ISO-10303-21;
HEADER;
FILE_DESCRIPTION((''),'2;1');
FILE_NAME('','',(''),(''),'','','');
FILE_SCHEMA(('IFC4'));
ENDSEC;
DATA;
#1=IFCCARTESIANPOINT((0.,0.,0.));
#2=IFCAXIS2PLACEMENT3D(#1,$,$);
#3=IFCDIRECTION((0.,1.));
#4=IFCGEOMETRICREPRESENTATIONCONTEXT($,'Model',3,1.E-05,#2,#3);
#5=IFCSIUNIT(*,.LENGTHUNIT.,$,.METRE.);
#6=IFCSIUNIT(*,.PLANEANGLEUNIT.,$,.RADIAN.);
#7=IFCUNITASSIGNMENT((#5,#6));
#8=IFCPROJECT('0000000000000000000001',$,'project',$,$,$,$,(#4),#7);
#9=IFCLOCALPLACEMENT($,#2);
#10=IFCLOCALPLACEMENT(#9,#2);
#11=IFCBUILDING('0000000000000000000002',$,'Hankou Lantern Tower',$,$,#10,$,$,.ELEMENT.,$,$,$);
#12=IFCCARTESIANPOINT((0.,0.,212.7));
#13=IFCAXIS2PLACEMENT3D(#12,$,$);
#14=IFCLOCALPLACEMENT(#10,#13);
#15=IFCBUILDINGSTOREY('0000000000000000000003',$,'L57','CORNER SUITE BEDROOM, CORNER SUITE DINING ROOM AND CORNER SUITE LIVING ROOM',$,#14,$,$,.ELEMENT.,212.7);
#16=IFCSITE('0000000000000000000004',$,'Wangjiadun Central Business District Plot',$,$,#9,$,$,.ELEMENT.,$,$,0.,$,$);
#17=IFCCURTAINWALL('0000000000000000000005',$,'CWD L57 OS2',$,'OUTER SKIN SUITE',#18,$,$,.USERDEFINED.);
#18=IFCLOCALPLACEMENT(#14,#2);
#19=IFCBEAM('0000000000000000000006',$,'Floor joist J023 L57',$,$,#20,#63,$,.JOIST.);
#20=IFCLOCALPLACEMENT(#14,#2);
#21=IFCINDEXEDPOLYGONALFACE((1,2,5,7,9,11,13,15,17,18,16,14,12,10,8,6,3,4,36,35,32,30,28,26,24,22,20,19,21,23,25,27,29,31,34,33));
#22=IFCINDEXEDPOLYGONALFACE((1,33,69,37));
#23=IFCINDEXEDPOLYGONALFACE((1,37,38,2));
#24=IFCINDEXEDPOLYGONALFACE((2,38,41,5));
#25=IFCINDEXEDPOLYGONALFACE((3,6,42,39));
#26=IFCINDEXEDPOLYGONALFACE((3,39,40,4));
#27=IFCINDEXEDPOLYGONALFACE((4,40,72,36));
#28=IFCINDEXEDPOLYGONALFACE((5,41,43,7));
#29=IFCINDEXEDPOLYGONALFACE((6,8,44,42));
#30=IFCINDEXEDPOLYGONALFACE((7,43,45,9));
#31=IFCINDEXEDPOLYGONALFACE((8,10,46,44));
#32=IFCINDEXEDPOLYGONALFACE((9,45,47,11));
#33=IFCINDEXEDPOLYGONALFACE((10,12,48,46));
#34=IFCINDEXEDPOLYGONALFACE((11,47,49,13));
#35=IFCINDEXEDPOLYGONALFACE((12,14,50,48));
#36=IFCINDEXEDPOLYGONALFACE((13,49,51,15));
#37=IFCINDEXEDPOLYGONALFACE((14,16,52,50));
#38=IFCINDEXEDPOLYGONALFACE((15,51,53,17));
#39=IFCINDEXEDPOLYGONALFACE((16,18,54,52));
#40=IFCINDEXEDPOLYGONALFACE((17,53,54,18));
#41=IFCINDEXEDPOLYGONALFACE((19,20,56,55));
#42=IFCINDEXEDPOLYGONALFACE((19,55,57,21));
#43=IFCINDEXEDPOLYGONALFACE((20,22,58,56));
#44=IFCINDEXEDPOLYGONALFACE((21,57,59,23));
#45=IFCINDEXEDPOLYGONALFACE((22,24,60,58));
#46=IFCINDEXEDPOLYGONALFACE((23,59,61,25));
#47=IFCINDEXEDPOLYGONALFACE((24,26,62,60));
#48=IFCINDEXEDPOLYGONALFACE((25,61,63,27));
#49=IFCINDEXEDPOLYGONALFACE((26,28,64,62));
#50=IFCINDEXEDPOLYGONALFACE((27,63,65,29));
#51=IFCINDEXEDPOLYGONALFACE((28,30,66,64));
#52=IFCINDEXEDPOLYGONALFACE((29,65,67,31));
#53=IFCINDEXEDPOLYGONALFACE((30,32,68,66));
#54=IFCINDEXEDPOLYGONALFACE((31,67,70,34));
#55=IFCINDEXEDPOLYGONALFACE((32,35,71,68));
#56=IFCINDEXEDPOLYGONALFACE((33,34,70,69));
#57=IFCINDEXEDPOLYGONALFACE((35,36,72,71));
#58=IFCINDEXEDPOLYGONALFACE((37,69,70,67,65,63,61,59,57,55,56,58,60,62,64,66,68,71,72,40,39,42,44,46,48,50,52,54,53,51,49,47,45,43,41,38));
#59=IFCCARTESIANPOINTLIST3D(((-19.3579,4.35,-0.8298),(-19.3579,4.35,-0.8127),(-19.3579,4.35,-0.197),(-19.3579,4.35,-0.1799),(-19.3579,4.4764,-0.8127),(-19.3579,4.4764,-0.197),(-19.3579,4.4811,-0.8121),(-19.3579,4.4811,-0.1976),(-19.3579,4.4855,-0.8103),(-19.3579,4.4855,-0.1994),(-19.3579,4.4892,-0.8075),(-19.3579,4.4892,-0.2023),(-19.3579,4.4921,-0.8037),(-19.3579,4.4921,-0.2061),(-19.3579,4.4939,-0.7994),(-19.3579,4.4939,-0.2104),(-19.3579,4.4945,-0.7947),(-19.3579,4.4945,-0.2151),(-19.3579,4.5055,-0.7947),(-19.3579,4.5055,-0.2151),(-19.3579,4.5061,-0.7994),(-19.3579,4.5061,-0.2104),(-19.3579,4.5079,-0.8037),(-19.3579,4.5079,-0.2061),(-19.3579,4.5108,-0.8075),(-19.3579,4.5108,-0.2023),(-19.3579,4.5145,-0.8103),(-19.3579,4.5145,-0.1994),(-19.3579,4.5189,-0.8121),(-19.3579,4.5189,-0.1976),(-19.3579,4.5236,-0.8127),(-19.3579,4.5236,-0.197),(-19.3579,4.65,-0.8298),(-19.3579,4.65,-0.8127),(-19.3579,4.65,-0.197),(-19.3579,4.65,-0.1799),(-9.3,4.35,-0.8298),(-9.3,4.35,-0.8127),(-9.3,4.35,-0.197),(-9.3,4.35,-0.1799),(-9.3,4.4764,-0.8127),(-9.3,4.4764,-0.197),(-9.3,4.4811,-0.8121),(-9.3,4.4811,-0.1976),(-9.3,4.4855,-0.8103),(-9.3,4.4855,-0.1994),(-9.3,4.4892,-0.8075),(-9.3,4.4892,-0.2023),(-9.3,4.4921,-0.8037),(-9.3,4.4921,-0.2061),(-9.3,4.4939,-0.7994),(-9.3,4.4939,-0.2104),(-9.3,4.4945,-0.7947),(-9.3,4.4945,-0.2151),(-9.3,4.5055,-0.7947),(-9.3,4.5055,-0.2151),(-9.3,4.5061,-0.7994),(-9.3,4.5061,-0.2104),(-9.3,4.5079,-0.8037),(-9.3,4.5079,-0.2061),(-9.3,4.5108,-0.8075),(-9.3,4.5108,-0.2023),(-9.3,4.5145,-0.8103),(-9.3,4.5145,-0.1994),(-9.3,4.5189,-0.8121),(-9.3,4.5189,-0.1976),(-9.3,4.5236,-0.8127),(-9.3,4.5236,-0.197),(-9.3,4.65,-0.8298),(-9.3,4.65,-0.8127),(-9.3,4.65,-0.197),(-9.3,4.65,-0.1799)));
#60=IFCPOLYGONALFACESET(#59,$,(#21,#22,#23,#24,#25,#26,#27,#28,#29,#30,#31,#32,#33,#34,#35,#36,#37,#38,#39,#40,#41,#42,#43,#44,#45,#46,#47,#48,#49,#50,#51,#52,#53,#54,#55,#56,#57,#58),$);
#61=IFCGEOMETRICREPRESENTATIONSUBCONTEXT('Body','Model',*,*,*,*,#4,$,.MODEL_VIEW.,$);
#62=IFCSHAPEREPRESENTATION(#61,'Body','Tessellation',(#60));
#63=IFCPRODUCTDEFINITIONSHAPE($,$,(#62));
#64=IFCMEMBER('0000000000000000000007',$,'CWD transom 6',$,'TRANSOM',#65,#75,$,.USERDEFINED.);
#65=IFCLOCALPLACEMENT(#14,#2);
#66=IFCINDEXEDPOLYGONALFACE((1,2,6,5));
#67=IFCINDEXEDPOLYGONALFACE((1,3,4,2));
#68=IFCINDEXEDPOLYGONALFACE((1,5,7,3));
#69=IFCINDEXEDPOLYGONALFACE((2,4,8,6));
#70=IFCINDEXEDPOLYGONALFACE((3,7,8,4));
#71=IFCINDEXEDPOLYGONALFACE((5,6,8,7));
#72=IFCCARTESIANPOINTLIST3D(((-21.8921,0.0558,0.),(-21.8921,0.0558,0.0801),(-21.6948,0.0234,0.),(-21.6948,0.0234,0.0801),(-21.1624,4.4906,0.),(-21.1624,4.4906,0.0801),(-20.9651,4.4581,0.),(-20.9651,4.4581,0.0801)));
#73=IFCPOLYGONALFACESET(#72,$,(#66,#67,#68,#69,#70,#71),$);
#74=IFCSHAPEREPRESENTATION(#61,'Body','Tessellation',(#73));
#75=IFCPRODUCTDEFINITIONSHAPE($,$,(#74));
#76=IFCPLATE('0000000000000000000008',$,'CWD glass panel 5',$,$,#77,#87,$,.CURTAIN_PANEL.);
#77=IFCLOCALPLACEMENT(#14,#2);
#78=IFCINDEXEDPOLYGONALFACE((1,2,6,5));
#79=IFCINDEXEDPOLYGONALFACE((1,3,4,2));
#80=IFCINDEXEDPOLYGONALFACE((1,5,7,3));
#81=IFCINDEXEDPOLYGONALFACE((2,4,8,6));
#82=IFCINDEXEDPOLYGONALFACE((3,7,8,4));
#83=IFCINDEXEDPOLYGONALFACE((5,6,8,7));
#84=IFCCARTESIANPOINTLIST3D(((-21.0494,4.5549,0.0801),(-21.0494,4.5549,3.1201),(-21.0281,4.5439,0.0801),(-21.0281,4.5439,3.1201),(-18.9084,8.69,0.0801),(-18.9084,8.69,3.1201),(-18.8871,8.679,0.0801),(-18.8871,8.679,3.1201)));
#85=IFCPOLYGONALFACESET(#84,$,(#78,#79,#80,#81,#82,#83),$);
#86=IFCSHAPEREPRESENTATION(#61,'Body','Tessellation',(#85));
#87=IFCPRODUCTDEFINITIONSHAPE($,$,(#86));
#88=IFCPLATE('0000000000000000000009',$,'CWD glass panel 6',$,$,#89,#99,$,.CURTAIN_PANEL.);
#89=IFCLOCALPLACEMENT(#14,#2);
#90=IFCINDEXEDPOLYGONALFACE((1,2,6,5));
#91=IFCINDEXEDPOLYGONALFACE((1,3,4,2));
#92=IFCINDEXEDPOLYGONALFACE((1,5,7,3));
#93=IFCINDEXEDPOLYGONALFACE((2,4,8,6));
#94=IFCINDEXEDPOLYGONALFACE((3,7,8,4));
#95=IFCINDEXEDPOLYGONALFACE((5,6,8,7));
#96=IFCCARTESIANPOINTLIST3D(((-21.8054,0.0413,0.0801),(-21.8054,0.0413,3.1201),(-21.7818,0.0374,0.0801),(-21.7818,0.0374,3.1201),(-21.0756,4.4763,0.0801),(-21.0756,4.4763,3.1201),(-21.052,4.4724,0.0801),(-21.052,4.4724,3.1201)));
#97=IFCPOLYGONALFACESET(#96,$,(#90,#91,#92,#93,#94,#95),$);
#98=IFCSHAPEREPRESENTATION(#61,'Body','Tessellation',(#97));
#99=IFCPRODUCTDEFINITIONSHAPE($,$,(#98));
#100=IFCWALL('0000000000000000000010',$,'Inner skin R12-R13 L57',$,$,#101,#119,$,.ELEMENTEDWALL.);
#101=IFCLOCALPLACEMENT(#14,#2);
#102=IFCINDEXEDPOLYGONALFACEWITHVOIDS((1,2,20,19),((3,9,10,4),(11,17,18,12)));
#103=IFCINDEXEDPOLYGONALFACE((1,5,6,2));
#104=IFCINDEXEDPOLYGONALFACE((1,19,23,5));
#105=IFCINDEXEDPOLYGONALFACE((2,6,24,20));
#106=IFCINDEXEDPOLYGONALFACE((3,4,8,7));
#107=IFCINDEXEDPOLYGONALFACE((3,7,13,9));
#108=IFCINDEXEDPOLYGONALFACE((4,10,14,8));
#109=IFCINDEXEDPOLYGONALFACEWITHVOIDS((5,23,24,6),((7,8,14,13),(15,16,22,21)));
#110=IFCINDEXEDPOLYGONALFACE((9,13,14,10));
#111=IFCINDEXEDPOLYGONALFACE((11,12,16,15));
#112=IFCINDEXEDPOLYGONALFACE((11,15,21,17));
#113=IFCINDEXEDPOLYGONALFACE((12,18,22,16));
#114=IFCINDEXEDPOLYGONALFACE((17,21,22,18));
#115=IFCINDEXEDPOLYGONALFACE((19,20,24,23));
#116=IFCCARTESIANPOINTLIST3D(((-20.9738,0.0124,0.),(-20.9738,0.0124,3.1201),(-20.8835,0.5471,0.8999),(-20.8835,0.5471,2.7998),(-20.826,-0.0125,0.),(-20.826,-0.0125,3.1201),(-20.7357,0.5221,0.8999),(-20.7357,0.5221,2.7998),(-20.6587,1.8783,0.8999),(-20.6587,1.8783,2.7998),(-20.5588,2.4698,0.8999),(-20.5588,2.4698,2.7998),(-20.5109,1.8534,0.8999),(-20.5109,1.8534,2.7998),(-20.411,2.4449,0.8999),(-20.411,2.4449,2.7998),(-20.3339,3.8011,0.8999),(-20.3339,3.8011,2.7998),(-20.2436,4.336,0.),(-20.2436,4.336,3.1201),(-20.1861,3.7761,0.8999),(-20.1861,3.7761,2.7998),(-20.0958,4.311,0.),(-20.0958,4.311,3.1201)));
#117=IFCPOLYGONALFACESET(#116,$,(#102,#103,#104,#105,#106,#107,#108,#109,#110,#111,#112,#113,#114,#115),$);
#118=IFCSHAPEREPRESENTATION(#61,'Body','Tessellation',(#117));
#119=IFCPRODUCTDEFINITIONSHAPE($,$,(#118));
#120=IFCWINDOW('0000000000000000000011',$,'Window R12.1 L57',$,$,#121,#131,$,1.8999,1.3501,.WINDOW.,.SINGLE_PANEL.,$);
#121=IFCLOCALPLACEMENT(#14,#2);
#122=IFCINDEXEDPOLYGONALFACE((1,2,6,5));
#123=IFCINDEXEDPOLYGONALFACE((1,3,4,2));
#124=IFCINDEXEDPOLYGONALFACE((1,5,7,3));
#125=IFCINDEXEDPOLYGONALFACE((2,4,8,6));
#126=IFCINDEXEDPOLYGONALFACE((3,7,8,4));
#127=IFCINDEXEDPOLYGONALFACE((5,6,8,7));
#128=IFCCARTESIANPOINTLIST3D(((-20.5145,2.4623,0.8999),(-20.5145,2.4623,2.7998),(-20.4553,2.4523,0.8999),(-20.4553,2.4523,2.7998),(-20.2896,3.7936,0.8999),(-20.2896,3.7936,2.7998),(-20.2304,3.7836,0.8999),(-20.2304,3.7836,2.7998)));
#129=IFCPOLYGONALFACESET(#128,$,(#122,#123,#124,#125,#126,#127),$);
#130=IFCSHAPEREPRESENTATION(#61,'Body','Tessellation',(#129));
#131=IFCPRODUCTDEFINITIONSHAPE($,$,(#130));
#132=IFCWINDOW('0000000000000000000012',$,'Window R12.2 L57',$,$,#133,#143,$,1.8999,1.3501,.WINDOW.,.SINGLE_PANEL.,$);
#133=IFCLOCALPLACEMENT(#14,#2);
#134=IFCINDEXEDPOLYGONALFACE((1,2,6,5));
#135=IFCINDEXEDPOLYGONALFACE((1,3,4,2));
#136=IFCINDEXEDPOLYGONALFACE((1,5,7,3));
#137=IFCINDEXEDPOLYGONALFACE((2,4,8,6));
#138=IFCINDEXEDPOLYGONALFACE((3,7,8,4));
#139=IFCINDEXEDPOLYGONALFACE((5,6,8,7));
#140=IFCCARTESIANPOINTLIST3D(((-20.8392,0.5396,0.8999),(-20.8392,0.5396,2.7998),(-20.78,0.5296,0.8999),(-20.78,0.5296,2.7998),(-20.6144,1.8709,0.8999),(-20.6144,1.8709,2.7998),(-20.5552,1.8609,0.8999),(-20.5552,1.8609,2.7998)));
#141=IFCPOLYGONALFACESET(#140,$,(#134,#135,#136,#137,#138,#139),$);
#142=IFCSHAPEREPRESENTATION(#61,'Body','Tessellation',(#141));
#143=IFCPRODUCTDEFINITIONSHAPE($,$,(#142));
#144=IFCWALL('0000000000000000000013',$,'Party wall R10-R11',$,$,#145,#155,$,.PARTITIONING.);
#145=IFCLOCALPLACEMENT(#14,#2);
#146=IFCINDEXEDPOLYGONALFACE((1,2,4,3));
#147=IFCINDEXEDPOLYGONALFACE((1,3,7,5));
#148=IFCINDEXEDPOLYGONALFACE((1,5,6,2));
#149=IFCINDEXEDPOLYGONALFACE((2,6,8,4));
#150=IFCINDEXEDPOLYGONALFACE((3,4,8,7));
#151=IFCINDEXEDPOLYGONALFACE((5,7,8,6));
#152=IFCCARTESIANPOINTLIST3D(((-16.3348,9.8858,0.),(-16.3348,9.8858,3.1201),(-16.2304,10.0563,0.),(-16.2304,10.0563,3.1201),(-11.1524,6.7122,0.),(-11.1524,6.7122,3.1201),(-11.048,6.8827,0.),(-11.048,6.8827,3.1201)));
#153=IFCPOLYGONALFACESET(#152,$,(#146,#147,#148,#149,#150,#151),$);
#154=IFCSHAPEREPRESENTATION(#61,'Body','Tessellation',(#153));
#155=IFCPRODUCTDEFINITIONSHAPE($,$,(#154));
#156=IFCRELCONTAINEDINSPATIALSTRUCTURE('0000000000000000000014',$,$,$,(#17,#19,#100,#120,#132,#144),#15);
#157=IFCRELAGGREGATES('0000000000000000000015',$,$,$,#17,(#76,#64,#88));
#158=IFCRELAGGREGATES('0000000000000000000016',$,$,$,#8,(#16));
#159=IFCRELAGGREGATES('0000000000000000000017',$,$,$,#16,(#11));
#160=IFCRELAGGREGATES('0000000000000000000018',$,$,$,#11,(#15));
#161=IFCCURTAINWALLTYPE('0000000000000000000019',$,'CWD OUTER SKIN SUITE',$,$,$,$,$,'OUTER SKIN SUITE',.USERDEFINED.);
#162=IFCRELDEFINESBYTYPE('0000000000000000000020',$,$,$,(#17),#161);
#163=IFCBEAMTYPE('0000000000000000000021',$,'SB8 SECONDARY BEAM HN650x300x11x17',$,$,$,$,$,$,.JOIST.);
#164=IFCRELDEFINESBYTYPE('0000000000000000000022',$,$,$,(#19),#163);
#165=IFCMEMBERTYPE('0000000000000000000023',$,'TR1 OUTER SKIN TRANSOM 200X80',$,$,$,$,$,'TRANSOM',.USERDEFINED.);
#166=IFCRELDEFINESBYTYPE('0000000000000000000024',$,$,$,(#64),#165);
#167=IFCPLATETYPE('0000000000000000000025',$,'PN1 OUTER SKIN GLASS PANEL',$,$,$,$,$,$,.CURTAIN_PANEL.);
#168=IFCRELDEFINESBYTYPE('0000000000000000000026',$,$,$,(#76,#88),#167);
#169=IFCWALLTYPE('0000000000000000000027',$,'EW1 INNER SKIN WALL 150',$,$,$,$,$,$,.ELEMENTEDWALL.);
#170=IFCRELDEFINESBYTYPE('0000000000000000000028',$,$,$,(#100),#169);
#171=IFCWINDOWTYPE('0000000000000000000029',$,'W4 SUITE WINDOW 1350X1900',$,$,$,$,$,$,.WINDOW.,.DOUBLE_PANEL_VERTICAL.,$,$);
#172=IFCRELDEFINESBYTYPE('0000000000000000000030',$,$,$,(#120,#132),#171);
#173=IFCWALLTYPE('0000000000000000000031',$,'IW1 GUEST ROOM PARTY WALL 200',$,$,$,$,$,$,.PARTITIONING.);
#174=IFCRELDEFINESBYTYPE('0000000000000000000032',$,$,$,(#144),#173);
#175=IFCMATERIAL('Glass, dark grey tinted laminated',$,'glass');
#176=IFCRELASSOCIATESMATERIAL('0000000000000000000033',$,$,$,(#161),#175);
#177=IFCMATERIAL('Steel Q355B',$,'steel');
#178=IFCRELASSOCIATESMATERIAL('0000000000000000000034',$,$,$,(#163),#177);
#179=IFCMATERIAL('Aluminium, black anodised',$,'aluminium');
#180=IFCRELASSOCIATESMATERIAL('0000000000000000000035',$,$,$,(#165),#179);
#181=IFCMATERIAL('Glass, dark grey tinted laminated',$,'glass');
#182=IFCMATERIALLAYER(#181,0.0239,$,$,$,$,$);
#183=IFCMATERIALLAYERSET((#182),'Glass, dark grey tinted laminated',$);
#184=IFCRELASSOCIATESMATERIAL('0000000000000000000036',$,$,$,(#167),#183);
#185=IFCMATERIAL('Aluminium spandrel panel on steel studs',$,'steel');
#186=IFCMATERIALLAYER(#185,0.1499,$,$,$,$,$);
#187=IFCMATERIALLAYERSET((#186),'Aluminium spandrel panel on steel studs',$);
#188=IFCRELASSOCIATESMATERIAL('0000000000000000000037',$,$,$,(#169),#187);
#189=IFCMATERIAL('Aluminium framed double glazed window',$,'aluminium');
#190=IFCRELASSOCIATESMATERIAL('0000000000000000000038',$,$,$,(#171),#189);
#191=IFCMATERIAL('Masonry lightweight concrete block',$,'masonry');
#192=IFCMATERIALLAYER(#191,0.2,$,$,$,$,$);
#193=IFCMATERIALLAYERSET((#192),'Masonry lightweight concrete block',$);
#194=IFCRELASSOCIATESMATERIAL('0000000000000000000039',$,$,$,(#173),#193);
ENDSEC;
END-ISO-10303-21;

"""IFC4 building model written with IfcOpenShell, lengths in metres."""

from ifc_helpers import new_model, si_unit, direction, frame, frame_2d, origin, origin_2d, place, context, subcontext, project, spatial, rectangle, i_section, extrude, material, layer, layer_set, material_profile, profile_set, type_object, element, fill, aggregate, save


model = new_model("IFC4")

# Units and contexts
model_context = context("Model", 3, precision=1e-05, world=origin(), true_north=direction((0.0, 1.0)))
body_context = subcontext(model_context, "Body", "Model", "MODEL_VIEW")
ifc_project = project(units=[si_unit("LENGTHUNIT", "METRE"), si_unit("PLANEANGLEUNIT", "RADIAN")], contexts=[model_context])

# Site, building, storey
site_placement = place(None, origin())
site = spatial("IfcSite", under=ifc_project, at=site_placement, Name="Wangjiadun Central Business District Plot", CompositionType="ELEMENT", RefElevation=0.0)
building_placement = place(site_placement, origin())
building = spatial("IfcBuilding", under=site, at=building_placement, Name="Hankou Lantern Tower", CompositionType="ELEMENT")
storey_placement = place(building_placement, frame((0.0, 0.0, 212.7)))
storey = spatial("IfcBuildingStorey", under=building, at=storey_placement, Name="L57", Description="CORNER SUITE BEDROOM, CORNER SUITE DINING ROOM AND CORNER SUITE LIVING ROOM", CompositionType="ELEMENT", Elevation=212.7)

# Curtain wall
ifc_material_1 = material(Name="Glass, dark grey tinted laminated", Category="glass")
curtain_wall_type = type_object("IfcCurtainWallType", Name="CWD OUTER SKIN SUITE", ElementType="OUTER SKIN SUITE", PredefinedType="USERDEFINED", material=ifc_material_1)
curtain_wall_placement = place(storey_placement, origin())
curtain_wall = element("IfcCurtainWall", 1, at=curtain_wall_placement, inside=storey, type_object=curtain_wall_type, Name="CWD L57 OS2", ObjectType="OUTER SKIN SUITE", PredefinedType="USERDEFINED")

# Beam
ifc_material_2 = material(Name="Steel Q355B", Category="steel")
ifc_material_profile_1 = material_profile(ifc_material_2, i_section(OverallWidth=0.3, OverallDepth=0.6499, WebThickness=0.011, FlangeThickness=0.0171, FilletRadius=0.0181, at=origin_2d()), Name="HN650x300x11x17")
ifc_profile_set_1 = profile_set([ifc_material_profile_1], Name="Steel Q355B")
beam_type_1 = type_object("IfcBeamType", Name="SB8 SECONDARY BEAM HN650x300x11x17", PredefinedType="JOIST", material=ifc_profile_set_1)
beam_1_placement = place(storey_placement, frame((-19.3579, 4.5, -0.5049), z_axis=(1.0, 0.0, 0.0), x_axis=(0.0, 1.0, 0.0)))
element("IfcBeam", 2, at=beam_1_placement, inside=storey, type_object=beam_type_1, Name="Floor joist J023 L57", PredefinedType="JOIST", context=body_context, shape_type="SweptSolid", body=[
    extrude(i_section(OverallWidth=0.3, OverallDepth=0.6499, WebThickness=0.011, FlangeThickness=0.0171, FilletRadius=0.0181, at=origin_2d()), origin(), (0.0, 0.0, 1.0), 10.0579),
])

# Member
ifc_material_3 = material(Name="Aluminium, black anodised", Category="aluminium")
ifc_material_profile_2 = material_profile(ifc_material_3, rectangle(XDim=0.2, YDim=0.0801, at=origin_2d()), Name="TR1 200X80")
ifc_profile_set_2 = profile_set([ifc_material_profile_2], Name="Aluminium, black anodised")
member_type_1 = type_object("IfcMemberType", Name="TR1 OUTER SKIN TRANSOM 200X80", ElementType="TRANSOM", PredefinedType="USERDEFINED", material=ifc_profile_set_2)
member_1_placement = place(storey_placement, frame((-21.0637, 4.4744, 0.04), z_axis=(-0.162364, -0.986731, 0.0), x_axis=(0.986731, -0.162364, 0.0)))
member_1 = element("IfcMember", 3, at=member_1_placement, type_object=member_type_1, Name="CWD transom 6", ObjectType="TRANSOM", PredefinedType="USERDEFINED", context=body_context, shape_type="SweptSolid", body=[
    extrude(rectangle(XDim=0.2, YDim=0.0801, at=origin_2d()), origin(), (0.0, 0.0, 1.0), 4.4944),
])

# Plates
ifc_material_4 = material(Name="Glass, dark grey tinted laminated", Category="glass")
ifc_layer_1 = layer(ifc_material_4, 0.0239)
ifc_layer_set_1 = layer_set([ifc_layer_1], Name="Glass, dark grey tinted laminated")
plate_type = type_object("IfcPlateType", Name="PN1 OUTER SKIN GLASS PANEL", PredefinedType="CURTAIN_PANEL", material=ifc_layer_set_1)
plate_1_placement = place(storey_placement, frame((-19.9683, 6.6169, 0.0801), z_axis=(0.0, 0.0, 1.0), x_axis=(-0.459791, -0.888027, 0.0)))
plate_1 = element("IfcPlate", 4, at=plate_1_placement, type_object=plate_type, Name="CWD glass panel 5", PredefinedType="CURTAIN_PANEL", context=body_context, shape_type="SweptSolid", body=[
    extrude(rectangle(XDim=4.6565, YDim=0.0239, at=origin_2d()), origin(), (0.0, 0.0, 1.0), 3.04),
])
plate_2_placement = place(storey_placement, frame((-21.4287, 2.2568, 0.0801), z_axis=(0.0, 0.0, 1.0), x_axis=(-0.162382, -0.986728, 0.0)))
plate_2 = element("IfcPlate", 5, at=plate_2_placement, type_object=plate_type, Name="CWD glass panel 6", PredefinedType="CURTAIN_PANEL", context=body_context, shape_type="SweptSolid", body=[
    extrude(rectangle(XDim=4.4946, YDim=0.0239, at=origin_2d()), origin(), (0.0, 0.0, 1.0), 3.04),
])
aggregate(curtain_wall, [plate_1, member_1, plate_2])

# Wall, openings, windows
ifc_material_5 = material(Name="Aluminium spandrel panel on steel studs", Category="steel")
ifc_layer_2 = layer(ifc_material_5, 0.1499)
ifc_layer_set_2 = layer_set([ifc_layer_2], Name="Aluminium spandrel panel on steel studs")
wall_type_1 = type_object("IfcWallType", Name="EW1 INNER SKIN WALL 150", PredefinedType="ELEMENTEDWALL", material=ifc_layer_set_2)
wall_1_placement = place(storey_placement, frame((-20.1697, 4.3235, 0.0), z_axis=(0.0, 0.0, 1.0), x_axis=(-0.166539, -0.986035, 0.0)))
wall_1 = element("IfcWall", 6, at=wall_1_placement, inside=storey, type_object=wall_type_1, Name="Inner skin R12-R13 L57", PredefinedType="ELEMENTEDWALL", context=body_context, shape_type="SweptSolid", body=[
    extrude(rectangle(XDim=4.3848, YDim=0.1499, at=frame_2d((2.1924, 0.0))), origin(), (0.0, 0.0, 1.0), 3.1201),
])
opening_1_placement = place(wall_1_placement, frame((0.5425, 0.0, 0.8999)))
opening_1 = element("IfcOpeningElement", 7, at=opening_1_placement, cuts=wall_1, PredefinedType="OPENING", context=body_context, shape_type="SweptSolid", body=[
    extrude(rectangle(XDim=1.3501, YDim=1.8999, at=frame_2d((0.675, 0.95))), frame((0.0, 0.085, 0.0), z_axis=(0.0, -1.0, 0.0), x_axis=(1.0, 0.0, 0.0)), (0.0, 0.0, 1.0), 0.1699),
])
opening_2_placement = place(wall_1_placement, frame((2.4924, 0.0, 0.8999)))
opening_2 = element("IfcOpeningElement", 8, at=opening_2_placement, cuts=wall_1, PredefinedType="OPENING", context=body_context, shape_type="SweptSolid", body=[
    extrude(rectangle(XDim=1.3501, YDim=1.8999, at=frame_2d((0.675, 0.95))), frame((0.0, 0.085, 0.0), z_axis=(0.0, -1.0, 0.0), x_axis=(1.0, 0.0, 0.0)), (0.0, 0.0, 1.0), 0.1699),
])
ifc_material_6 = material(Name="Aluminium framed double glazed window", Category="aluminium")
window_type = type_object("IfcWindowType", Name="W4 SUITE WINDOW 1350X1900", PartitioningType="DOUBLE_PANEL_VERTICAL", PredefinedType="WINDOW", material=ifc_material_6)
window_1_placement = place(opening_1_placement, origin())
window_1 = element("IfcWindow", 9, at=window_1_placement, inside=storey, type_object=window_type, Name="Window R12.1 L57", OverallHeight=1.8999, OverallWidth=1.3501, PartitioningType="SINGLE_PANEL", PredefinedType="WINDOW", context=body_context, shape_type="SweptSolid", body=[
    extrude(rectangle(XDim=1.3501, YDim=1.8999, at=frame_2d((0.675, 0.95))), frame((0.0, 0.03, 0.0), z_axis=(0.0, -1.0, 0.0), x_axis=(1.0, 0.0, 0.0)), (0.0, 0.0, 1.0), 0.0601),
])
fill(opening_1, window_1)
window_2_placement = place(opening_2_placement, origin())
window_2 = element("IfcWindow", 10, at=window_2_placement, inside=storey, type_object=window_type, Name="Window R12.2 L57", OverallHeight=1.8999, OverallWidth=1.3501, PartitioningType="SINGLE_PANEL", PredefinedType="WINDOW", context=body_context, shape_type="SweptSolid", body=[
    extrude(rectangle(XDim=1.3501, YDim=1.8999, at=frame_2d((0.675, 0.95))), frame((0.0, 0.03, 0.0), z_axis=(0.0, -1.0, 0.0), x_axis=(1.0, 0.0, 0.0)), (0.0, 0.0, 1.0), 0.0601),
])
fill(opening_2, window_2)

# Wall
ifc_material_7 = material(Name="Masonry lightweight concrete block", Category="masonry")
ifc_layer_3 = layer(ifc_material_7, 0.2)
ifc_layer_set_3 = layer_set([ifc_layer_3], Name="Masonry lightweight concrete block")
wall_type_2 = type_object("IfcWallType", Name="IW1 GUEST ROOM PARTY WALL 200", PredefinedType="PARTITIONING", material=ifc_layer_set_3)
wall_2_placement = place(storey_placement, frame((-11.1001, 6.7974, 0.0), z_axis=(0.0, 0.0, 1.0), x_axis=(-0.8528, 0.522238, 0.0)))
element("IfcWall", 11, at=wall_2_placement, inside=storey, type_object=wall_type_2, Name="Party wall R10-R11", PredefinedType="PARTITIONING", context=body_context, shape_type="SweptSolid", body=[
    extrude(rectangle(XDim=6.0769, YDim=0.2, at=frame_2d((3.0386, 0.0))), origin(), (0.0, 0.0, 1.0), 3.1201),
])

save(model, "model.ifc")
